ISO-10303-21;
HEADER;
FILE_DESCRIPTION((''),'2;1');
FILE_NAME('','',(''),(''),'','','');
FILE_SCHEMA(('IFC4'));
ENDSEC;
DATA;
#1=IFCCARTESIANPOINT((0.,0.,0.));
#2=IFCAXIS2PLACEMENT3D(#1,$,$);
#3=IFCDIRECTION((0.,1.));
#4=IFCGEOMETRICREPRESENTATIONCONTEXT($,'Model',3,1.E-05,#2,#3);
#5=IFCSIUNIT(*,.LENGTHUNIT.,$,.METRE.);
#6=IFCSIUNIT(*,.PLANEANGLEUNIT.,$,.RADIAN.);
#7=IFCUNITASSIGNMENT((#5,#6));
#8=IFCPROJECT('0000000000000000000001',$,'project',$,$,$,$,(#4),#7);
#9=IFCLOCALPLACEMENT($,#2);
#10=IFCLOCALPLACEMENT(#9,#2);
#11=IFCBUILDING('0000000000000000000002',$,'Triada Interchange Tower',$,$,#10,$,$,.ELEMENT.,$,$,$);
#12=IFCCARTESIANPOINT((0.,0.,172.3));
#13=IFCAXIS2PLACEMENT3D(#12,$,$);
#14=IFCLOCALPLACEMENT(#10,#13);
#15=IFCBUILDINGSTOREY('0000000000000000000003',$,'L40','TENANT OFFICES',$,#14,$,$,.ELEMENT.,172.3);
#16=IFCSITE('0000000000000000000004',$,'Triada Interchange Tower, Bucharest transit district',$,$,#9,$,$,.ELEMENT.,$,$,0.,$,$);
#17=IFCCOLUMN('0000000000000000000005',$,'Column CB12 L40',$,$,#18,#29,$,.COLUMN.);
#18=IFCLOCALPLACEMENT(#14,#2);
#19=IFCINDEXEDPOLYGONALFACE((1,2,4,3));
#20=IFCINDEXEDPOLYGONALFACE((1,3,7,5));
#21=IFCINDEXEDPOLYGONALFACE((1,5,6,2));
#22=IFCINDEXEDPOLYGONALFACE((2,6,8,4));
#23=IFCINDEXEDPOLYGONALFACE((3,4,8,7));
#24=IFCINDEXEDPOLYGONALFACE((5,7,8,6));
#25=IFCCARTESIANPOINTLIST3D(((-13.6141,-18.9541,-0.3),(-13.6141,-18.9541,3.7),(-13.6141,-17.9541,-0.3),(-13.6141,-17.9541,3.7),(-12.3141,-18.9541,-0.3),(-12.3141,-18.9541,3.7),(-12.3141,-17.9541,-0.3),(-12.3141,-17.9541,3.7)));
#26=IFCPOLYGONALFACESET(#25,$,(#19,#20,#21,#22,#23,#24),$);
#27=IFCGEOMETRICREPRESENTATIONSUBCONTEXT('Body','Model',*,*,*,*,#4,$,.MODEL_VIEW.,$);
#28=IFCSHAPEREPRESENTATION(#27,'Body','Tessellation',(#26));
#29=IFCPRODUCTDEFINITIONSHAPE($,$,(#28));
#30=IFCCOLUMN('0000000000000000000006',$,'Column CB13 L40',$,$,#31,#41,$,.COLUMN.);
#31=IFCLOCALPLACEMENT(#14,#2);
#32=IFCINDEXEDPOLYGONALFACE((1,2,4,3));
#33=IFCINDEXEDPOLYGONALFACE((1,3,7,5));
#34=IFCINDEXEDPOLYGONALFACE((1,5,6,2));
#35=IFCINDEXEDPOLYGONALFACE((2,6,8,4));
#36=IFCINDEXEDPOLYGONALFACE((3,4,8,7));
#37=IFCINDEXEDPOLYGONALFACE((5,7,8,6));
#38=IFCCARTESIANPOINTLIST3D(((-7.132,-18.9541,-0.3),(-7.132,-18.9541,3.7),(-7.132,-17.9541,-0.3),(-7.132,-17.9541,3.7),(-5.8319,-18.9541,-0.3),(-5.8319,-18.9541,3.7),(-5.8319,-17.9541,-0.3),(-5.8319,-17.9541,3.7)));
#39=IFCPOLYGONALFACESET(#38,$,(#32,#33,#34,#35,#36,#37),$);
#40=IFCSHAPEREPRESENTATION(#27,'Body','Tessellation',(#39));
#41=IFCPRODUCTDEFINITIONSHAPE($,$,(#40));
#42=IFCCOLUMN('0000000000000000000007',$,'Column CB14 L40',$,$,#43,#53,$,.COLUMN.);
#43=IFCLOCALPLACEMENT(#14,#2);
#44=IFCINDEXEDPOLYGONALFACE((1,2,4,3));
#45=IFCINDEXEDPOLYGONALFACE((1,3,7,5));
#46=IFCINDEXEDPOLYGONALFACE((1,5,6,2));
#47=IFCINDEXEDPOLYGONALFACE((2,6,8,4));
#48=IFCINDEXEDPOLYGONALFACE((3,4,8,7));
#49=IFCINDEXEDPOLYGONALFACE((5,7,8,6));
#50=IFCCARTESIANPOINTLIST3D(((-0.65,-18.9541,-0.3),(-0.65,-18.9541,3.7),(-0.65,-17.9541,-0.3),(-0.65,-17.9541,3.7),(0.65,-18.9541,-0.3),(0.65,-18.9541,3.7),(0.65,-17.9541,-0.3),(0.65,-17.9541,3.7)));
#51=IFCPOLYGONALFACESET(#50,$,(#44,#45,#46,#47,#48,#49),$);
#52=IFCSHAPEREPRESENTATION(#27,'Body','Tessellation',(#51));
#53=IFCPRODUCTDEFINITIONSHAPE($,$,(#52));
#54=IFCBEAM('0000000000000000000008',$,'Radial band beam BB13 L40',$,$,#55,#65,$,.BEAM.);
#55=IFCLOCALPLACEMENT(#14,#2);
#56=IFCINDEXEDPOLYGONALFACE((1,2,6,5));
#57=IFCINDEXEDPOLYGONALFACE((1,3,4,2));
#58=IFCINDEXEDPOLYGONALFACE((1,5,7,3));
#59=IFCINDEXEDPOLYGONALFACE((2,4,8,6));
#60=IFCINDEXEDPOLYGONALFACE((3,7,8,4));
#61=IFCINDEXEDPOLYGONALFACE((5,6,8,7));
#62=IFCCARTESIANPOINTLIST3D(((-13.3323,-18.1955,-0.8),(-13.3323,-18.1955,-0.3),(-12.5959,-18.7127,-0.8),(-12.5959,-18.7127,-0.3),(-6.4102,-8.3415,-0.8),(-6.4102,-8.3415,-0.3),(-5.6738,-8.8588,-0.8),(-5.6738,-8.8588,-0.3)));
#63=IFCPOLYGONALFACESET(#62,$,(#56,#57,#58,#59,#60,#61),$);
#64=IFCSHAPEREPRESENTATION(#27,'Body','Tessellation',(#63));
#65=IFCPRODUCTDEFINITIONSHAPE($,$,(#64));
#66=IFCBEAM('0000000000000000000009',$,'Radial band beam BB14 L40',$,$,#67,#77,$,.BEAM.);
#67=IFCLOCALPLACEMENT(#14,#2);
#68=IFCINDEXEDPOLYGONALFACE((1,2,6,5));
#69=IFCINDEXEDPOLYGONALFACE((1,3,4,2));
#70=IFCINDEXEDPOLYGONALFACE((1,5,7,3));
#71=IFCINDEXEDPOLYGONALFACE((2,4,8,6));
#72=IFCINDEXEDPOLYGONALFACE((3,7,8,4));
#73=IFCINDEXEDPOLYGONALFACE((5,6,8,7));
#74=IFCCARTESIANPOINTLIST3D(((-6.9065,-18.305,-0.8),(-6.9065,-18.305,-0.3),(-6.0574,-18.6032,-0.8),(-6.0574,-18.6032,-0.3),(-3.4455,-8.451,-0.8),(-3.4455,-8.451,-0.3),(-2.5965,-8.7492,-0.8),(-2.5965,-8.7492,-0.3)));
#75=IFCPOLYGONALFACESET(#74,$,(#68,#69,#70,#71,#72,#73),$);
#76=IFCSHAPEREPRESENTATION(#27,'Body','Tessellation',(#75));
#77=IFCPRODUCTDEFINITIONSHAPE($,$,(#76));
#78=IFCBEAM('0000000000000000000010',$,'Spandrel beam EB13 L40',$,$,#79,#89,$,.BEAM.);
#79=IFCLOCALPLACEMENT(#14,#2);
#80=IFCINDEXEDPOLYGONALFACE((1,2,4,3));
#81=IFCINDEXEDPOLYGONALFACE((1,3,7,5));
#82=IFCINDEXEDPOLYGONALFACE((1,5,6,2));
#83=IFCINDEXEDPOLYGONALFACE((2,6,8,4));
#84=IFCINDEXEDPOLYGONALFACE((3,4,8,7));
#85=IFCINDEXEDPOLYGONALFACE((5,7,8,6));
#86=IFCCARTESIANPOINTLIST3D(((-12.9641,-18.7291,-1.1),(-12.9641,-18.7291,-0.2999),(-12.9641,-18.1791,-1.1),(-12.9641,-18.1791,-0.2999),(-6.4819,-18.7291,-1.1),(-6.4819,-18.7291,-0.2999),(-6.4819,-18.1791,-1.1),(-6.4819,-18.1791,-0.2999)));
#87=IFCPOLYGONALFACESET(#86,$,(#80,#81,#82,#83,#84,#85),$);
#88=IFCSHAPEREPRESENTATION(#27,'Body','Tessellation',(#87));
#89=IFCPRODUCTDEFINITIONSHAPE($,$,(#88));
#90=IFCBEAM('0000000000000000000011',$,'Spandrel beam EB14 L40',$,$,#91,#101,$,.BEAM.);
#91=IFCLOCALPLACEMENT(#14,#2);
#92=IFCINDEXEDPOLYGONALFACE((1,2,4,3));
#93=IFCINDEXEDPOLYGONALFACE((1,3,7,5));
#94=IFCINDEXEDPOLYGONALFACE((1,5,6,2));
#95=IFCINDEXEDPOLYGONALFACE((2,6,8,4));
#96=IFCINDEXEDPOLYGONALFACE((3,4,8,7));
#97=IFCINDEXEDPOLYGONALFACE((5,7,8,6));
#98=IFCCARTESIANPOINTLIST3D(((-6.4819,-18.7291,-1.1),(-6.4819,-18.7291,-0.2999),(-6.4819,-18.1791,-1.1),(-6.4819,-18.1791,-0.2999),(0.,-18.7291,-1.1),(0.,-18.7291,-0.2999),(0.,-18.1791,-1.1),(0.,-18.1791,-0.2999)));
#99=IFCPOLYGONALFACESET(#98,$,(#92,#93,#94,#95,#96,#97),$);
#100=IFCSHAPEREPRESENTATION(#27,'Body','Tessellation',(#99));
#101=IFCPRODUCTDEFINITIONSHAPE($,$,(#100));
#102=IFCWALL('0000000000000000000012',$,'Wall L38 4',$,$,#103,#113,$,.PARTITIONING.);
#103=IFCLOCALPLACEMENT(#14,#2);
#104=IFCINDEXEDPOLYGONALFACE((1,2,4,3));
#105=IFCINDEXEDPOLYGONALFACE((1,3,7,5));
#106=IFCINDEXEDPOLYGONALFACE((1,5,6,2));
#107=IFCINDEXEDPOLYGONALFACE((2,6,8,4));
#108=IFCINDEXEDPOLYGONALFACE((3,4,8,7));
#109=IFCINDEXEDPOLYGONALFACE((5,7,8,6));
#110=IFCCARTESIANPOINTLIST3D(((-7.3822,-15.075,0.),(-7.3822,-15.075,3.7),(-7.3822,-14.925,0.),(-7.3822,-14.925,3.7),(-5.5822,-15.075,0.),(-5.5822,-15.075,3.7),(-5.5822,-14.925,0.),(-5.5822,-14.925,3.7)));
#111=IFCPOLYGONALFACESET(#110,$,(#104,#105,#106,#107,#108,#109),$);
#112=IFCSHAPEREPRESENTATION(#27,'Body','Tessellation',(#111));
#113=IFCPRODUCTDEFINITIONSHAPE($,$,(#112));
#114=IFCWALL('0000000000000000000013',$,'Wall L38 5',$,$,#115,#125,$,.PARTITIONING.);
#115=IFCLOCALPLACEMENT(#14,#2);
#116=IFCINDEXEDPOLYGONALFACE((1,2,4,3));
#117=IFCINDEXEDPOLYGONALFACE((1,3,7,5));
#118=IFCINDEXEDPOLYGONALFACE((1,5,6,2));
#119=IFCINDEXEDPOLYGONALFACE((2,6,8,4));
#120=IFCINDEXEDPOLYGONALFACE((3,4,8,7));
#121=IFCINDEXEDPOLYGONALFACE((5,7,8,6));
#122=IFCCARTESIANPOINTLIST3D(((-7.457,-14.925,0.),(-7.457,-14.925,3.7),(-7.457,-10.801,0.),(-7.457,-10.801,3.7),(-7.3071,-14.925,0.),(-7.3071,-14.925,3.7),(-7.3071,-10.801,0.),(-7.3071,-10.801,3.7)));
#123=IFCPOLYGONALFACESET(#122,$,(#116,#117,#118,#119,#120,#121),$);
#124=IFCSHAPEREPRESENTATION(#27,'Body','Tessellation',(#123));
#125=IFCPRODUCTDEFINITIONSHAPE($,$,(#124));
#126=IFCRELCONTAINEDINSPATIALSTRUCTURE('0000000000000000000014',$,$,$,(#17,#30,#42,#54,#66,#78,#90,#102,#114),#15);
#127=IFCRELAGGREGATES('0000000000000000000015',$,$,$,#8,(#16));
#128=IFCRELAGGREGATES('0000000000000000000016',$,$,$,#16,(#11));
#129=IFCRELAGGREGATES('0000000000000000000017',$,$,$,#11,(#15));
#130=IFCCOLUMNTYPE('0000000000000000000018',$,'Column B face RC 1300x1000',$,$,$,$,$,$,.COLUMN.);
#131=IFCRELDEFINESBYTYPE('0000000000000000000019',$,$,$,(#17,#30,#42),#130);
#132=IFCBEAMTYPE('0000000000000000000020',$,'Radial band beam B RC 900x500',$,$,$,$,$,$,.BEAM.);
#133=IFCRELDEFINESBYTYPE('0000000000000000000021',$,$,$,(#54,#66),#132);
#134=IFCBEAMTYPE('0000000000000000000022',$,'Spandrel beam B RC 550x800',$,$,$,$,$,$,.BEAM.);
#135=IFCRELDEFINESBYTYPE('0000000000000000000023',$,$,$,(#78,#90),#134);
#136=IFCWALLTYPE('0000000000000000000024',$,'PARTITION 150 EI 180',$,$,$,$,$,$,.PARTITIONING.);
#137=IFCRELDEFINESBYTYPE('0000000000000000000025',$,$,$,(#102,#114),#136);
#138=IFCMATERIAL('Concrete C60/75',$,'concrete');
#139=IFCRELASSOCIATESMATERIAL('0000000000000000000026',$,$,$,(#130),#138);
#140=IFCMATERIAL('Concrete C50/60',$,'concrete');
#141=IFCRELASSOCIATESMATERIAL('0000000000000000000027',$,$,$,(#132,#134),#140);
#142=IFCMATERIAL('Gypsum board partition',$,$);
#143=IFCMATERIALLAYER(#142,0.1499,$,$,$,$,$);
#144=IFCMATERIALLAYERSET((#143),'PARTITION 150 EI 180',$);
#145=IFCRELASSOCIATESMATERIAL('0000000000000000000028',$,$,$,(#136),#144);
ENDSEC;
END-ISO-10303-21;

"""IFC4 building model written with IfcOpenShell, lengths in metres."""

from ifc_helpers import new_model, si_unit, direction, frame, frame_2d, origin, origin_2d, place, context, subcontext, project, spatial, rectangle, extrude, material, layer, layer_set, material_profile, profile_set, type_object, element, save


model = new_model("IFC4")

# Units and contexts
model_context = context("Model", 3, precision=1e-05, world=origin(), true_north=direction((0.0, 1.0)))
body_context = subcontext(model_context, "Body", "Model", "MODEL_VIEW")
ifc_project = project(units=[si_unit("LENGTHUNIT", "METRE"), si_unit("PLANEANGLEUNIT", "RADIAN")], contexts=[model_context])

# Site, building, storey
site_placement = place(None, origin())
site = spatial("IfcSite", under=ifc_project, at=site_placement, Name="Triada Interchange Tower, Bucharest transit district", CompositionType="ELEMENT", RefElevation=0.0)
building_placement = place(site_placement, origin())
building = spatial("IfcBuilding", under=site, at=building_placement, Name="Triada Interchange Tower", CompositionType="ELEMENT")
storey_placement = place(building_placement, frame((0.0, 0.0, 172.3)))
storey = spatial("IfcBuildingStorey", under=building, at=storey_placement, Name="L40", Description="TENANT OFFICES", CompositionType="ELEMENT", Elevation=172.3)

# Columns
ifc_material_1 = material(Name="Concrete C60/75", Category="concrete")
ifc_material_profile_1 = material_profile(ifc_material_1, rectangle(XDim=1.3, YDim=1.0, at=origin_2d()), Name="RC 1300x1000")
ifc_profile_set_1 = profile_set([ifc_material_profile_1], Name="Concrete C60/75")
column_type = type_object("IfcColumnType", Name="Column B face RC 1300x1000", PredefinedType="COLUMN", material=ifc_profile_set_1)
for number, where, z_axis, x_axis, name in (
    (1, (-12.9641, -18.4541, -0.3), (0.0, 0.0, 1.0), (1.0, 0.0, 0.0), "Column CB12 L40"),
    (2, (-6.4819, -18.4541, -0.3), (0.0, 0.0, 1.0), (1.0, 0.0, 0.0), "Column CB13 L40"),
    (3, (0.0, -18.4541, -0.3), (0.0, 0.0, 1.0), (1.0, 0.0, 0.0), "Column CB14 L40"),
):
    element("IfcColumn", number, at=place(storey_placement, frame(where, z_axis=z_axis, x_axis=x_axis)), inside=storey, type_object=column_type, Name=name, PredefinedType="COLUMN", context=body_context, shape_type="SweptSolid", body=[
        extrude(rectangle(XDim=1.3, YDim=1.0, at=origin_2d()), origin(), (0.0, 0.0, 1.0), 4.0),
    ])

# Beams
ifc_material_2 = material(Name="Concrete C50/60", Category="concrete")
ifc_material_profile_2 = material_profile(ifc_material_2, rectangle(XDim=0.8999, YDim=0.5, at=origin_2d()), Name="RC 900x500")
ifc_profile_set_2 = profile_set([ifc_material_profile_2], Name="Concrete C50/60")
beam_type_1 = type_object("IfcBeamType", Name="Radial band beam B RC 900x500", PredefinedType="BEAM", material=ifc_profile_set_2)
beam_1_placement = place(storey_placement, frame((-12.9641, -18.4541, -0.55), z_axis=(0.574817, 0.818282, 0.0), x_axis=(-0.818282, 0.574817, 0.0)))
element("IfcBeam", 4, at=beam_1_placement, inside=storey, type_object=beam_type_1, Name="Radial band beam BB13 L40", PredefinedType="BEAM", context=body_context, shape_type="SweptSolid", body=[
    extrude(rectangle(XDim=0.8999, YDim=0.5, at=origin_2d()), origin(), (0.0, 0.0, 1.0), 12.0422),
])
beam_2_placement = place(storey_placement, frame((-6.4819, -18.4541, -0.55), z_axis=(0.331377, 0.943498, 0.0), x_axis=(-0.943498, 0.331377, 0.0)))
element("IfcBeam", 5, at=beam_2_placement, inside=storey, type_object=beam_type_1, Name="Radial band beam BB14 L40", PredefinedType="BEAM", context=body_context, shape_type="SweptSolid", body=[
    extrude(rectangle(XDim=0.8999, YDim=0.5, at=origin_2d()), origin(), (0.0, 0.0, 1.0), 10.4441),
])
ifc_material_profile_3 = material_profile(ifc_material_2, rectangle(XDim=0.55, YDim=0.8, at=origin_2d()), Name="RC 550x800")
ifc_profile_set_3 = profile_set([ifc_material_profile_3], Name="Concrete C50/60")
beam_type_2 = type_object("IfcBeamType", Name="Spandrel beam B RC 550x800", PredefinedType="BEAM", material=ifc_profile_set_3)
beam_3_placement = place(storey_placement, frame((-12.9641, -18.4541, -0.7), z_axis=(1.0, 0.0, 0.0), x_axis=(0.0, 1.0, 0.0)))
element("IfcBeam", 6, at=beam_3_placement, inside=storey, type_object=beam_type_2, Name="Spandrel beam EB13 L40", PredefinedType="BEAM", context=body_context, shape_type="SweptSolid", body=[
    extrude(rectangle(XDim=0.55, YDim=0.8, at=origin_2d()), origin(), (0.0, 0.0, 1.0), 6.4822),
])
beam_4_placement = place(storey_placement, frame((-6.4819, -18.4541, -0.7), z_axis=(1.0, 0.0, 0.0), x_axis=(0.0, 1.0, 0.0)))
element("IfcBeam", 7, at=beam_4_placement, inside=storey, type_object=beam_type_2, Name="Spandrel beam EB14 L40", PredefinedType="BEAM", context=body_context, shape_type="SweptSolid", body=[
    extrude(rectangle(XDim=0.55, YDim=0.8, at=origin_2d()), origin(), (0.0, 0.0, 1.0), 6.4819),
])

# Walls
ifc_material_3 = material(Name="Gypsum board partition")
ifc_layer_1 = layer(ifc_material_3, 0.1499)
ifc_layer_set_1 = layer_set([ifc_layer_1], Name="PARTITION 150 EI 180")
wall_type = type_object("IfcWallType", Name="PARTITION 150 EI 180", PredefinedType="PARTITIONING", material=ifc_layer_set_1)
wall_1_placement = place(storey_placement, frame((-7.3821, -15.0, 0.0), z_axis=(0.0, 0.0, 1.0), x_axis=(1.0, 0.0, 0.0)))
element("IfcWall", 8, at=wall_1_placement, inside=storey, type_object=wall_type, Name="Wall L38 4", PredefinedType="PARTITIONING", context=body_context, shape_type="SweptSolid", body=[
    extrude(rectangle(XDim=1.8, YDim=0.1499, at=frame_2d((0.8999, 0.0))), origin(), (0.0, 0.0, 1.0), 3.7),
])
wall_2_placement = place(storey_placement, frame((-7.3821, -14.925, 0.0), z_axis=(0.0, 0.0, 1.0), x_axis=(0.0, 1.0, 0.0)))
element("IfcWall", 9, at=wall_2_placement, inside=storey, type_object=wall_type, Name="Wall L38 5", PredefinedType="PARTITIONING", context=body_context, shape_type="SweptSolid", body=[
    extrude(rectangle(XDim=4.124, YDim=0.1499, at=frame_2d((2.062, 0.0))), origin(), (0.0, 0.0, 1.0), 3.7),
])

save(model, "model.ifc")
